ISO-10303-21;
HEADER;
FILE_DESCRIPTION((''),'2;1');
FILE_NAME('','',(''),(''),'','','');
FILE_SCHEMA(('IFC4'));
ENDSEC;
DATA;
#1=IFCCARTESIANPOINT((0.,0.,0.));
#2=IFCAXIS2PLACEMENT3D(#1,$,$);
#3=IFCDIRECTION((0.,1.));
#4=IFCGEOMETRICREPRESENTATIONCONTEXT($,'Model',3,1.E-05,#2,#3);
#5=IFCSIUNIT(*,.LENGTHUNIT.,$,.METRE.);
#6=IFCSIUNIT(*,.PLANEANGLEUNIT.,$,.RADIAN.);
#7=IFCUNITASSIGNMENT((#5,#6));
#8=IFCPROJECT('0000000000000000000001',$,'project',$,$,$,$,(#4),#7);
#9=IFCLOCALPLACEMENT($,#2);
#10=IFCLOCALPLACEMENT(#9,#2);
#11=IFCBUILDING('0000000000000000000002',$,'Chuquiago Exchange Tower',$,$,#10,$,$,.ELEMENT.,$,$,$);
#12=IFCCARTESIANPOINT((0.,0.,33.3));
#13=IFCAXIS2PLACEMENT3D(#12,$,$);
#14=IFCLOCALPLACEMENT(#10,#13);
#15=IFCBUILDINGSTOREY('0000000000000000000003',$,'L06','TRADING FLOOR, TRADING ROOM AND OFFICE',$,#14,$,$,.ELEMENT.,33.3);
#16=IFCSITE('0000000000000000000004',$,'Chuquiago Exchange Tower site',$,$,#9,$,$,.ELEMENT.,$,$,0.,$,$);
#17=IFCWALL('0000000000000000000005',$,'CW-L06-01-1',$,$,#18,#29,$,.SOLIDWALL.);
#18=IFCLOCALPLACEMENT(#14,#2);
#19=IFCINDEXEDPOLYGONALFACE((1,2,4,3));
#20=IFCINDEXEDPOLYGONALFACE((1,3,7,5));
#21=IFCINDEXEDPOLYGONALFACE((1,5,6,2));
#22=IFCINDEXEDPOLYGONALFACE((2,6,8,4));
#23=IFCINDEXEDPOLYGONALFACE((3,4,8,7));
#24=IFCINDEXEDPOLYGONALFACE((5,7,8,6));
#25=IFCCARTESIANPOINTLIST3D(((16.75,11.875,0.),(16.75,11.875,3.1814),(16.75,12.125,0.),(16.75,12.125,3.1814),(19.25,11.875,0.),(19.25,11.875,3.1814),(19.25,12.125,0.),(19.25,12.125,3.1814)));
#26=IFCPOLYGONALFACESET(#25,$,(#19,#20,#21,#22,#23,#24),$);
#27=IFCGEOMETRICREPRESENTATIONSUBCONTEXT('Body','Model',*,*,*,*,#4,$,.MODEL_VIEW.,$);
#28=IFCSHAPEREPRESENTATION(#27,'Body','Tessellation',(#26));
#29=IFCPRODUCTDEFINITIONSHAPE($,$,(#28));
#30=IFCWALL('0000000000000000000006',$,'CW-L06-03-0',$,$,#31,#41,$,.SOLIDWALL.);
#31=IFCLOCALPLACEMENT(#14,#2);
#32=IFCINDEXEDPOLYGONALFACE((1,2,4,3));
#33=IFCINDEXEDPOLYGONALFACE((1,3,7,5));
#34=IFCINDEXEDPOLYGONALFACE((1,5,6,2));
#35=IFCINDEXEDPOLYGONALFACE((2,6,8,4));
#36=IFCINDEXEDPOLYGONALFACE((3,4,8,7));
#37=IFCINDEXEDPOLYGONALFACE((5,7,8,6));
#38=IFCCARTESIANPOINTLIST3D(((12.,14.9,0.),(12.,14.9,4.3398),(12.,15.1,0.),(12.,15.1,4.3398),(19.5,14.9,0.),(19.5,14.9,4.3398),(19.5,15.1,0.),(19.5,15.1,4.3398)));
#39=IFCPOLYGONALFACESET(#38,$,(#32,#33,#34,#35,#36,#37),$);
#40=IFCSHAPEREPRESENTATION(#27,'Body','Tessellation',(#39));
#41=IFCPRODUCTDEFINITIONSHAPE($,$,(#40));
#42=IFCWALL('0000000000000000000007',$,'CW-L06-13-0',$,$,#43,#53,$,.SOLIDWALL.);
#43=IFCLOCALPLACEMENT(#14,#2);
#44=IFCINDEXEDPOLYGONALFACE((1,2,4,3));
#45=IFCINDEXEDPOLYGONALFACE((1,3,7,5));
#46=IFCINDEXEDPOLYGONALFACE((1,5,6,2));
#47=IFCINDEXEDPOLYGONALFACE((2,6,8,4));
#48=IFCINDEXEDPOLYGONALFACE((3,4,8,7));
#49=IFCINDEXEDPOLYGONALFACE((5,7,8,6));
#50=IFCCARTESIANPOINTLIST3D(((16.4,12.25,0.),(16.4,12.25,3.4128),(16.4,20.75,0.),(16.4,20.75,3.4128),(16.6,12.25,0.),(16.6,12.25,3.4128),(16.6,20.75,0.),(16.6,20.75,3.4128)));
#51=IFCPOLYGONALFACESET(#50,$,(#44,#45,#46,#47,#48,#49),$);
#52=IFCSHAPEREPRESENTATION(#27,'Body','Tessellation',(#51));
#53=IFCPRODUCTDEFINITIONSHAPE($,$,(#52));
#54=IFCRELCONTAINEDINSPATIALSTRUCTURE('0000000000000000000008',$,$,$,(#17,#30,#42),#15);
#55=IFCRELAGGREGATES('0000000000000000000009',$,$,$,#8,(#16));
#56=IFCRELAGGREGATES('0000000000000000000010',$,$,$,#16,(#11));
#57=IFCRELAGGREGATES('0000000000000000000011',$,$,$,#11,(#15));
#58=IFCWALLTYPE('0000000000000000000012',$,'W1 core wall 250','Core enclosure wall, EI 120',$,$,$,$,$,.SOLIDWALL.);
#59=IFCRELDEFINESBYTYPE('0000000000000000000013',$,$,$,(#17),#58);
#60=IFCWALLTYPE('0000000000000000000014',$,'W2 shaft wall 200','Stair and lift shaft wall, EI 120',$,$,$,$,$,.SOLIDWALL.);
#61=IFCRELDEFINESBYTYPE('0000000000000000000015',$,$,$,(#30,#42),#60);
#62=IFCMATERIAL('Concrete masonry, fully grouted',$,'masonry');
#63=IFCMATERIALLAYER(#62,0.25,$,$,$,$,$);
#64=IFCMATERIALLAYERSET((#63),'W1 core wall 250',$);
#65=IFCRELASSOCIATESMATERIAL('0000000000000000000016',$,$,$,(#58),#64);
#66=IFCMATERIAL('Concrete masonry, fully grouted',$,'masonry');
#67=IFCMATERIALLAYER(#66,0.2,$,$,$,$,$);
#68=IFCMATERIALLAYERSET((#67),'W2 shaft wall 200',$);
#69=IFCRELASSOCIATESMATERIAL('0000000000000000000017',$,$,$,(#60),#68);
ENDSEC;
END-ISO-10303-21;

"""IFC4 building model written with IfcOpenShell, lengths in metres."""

from ifc_helpers import new_model, si_unit, direction, frame, frame_2d, origin, place, context, subcontext, project, spatial, rectangle, extrude, material, layer, layer_set, type_object, element, save


model = new_model("IFC4")

# Units and contexts
model_context = context("Model", 3, precision=1e-05, world=origin(), true_north=direction((0.0, 1.0)))
body_context = subcontext(model_context, "Body", "Model", "MODEL_VIEW")
ifc_project = project(units=[si_unit("LENGTHUNIT", "METRE"), si_unit("PLANEANGLEUNIT", "RADIAN")], contexts=[model_context])

# Site, building, storey
site_placement = place(None, origin())
site = spatial("IfcSite", under=ifc_project, at=site_placement, Name="Chuquiago Exchange Tower site", CompositionType="ELEMENT", RefElevation=0.0)
building_placement = place(site_placement, origin())
building = spatial("IfcBuilding", under=site, at=building_placement, Name="Chuquiago Exchange Tower", CompositionType="ELEMENT")
storey_placement = place(building_placement, frame((0.0, 0.0, 33.3)))
storey = spatial("IfcBuildingStorey", under=building, at=storey_placement, Name="L06", Description="TRADING FLOOR, TRADING ROOM AND OFFICE", CompositionType="ELEMENT", Elevation=33.3)

# Shared definitions
ifc_material_1 = material(Name="Concrete masonry, fully grouted", Category="masonry")
ifc_layer_1 = layer(ifc_material_1, 0.25)
ifc_layer_set_1 = layer_set([ifc_layer_1], Name="W1 core wall 250")
wall_type_1 = type_object("IfcWallType", Name="W1 core wall 250", Description="Core enclosure wall, EI 120", PredefinedType="SOLIDWALL", material=ifc_layer_set_1)

# Walls
wall_1_placement = place(storey_placement, frame((16.75, 12.0, 0.0), z_axis=(0.0, 0.0, 1.0), x_axis=(1.0, 0.0, 0.0)))
element("IfcWall", 1, at=wall_1_placement, inside=storey, type_object=wall_type_1, Name="CW-L06-01-1", PredefinedType="SOLIDWALL", context=body_context, shape_type="SweptSolid", body=[
    extrude(rectangle(XDim=2.5, YDim=0.25, at=frame_2d((1.25, 0.0))), origin(), (0.0, 0.0, 1.0), 3.1814),
])
ifc_material_2 = material(Name="Concrete masonry, fully grouted", Category="masonry")
ifc_layer_2 = layer(ifc_material_2, 0.2)
ifc_layer_set_2 = layer_set([ifc_layer_2], Name="W2 shaft wall 200")
wall_type_2 = type_object("IfcWallType", Name="W2 shaft wall 200", Description="Stair and lift shaft wall, EI 120", PredefinedType="SOLIDWALL", material=ifc_layer_set_2)
wall_2_placement = place(storey_placement, frame((12.0, 15.0, 0.0), z_axis=(0.0, 0.0, 1.0), x_axis=(1.0, 0.0, 0.0)))
element("IfcWall", 2, at=wall_2_placement, inside=storey, type_object=wall_type_2, Name="CW-L06-03-0", PredefinedType="SOLIDWALL", context=body_context, shape_type="SweptSolid", body=[
    extrude(rectangle(XDim=7.5, YDim=0.2, at=frame_2d((3.75, 0.0))), origin(), (0.0, 0.0, 1.0), 4.3398),
])
wall_3_placement = place(storey_placement, frame((16.5, 12.25, 0.0), z_axis=(0.0, 0.0, 1.0), x_axis=(0.0, 1.0, 0.0)))
element("IfcWall", 3, at=wall_3_placement, inside=storey, type_object=wall_type_2, Name="CW-L06-13-0", PredefinedType="SOLIDWALL", context=body_context, shape_type="SweptSolid", body=[
    extrude(rectangle(XDim=8.5, YDim=0.2, at=frame_2d((4.25, 0.0))), origin(), (0.0, 0.0, 1.0), 3.4128),
])

save(model, "model.ifc")
